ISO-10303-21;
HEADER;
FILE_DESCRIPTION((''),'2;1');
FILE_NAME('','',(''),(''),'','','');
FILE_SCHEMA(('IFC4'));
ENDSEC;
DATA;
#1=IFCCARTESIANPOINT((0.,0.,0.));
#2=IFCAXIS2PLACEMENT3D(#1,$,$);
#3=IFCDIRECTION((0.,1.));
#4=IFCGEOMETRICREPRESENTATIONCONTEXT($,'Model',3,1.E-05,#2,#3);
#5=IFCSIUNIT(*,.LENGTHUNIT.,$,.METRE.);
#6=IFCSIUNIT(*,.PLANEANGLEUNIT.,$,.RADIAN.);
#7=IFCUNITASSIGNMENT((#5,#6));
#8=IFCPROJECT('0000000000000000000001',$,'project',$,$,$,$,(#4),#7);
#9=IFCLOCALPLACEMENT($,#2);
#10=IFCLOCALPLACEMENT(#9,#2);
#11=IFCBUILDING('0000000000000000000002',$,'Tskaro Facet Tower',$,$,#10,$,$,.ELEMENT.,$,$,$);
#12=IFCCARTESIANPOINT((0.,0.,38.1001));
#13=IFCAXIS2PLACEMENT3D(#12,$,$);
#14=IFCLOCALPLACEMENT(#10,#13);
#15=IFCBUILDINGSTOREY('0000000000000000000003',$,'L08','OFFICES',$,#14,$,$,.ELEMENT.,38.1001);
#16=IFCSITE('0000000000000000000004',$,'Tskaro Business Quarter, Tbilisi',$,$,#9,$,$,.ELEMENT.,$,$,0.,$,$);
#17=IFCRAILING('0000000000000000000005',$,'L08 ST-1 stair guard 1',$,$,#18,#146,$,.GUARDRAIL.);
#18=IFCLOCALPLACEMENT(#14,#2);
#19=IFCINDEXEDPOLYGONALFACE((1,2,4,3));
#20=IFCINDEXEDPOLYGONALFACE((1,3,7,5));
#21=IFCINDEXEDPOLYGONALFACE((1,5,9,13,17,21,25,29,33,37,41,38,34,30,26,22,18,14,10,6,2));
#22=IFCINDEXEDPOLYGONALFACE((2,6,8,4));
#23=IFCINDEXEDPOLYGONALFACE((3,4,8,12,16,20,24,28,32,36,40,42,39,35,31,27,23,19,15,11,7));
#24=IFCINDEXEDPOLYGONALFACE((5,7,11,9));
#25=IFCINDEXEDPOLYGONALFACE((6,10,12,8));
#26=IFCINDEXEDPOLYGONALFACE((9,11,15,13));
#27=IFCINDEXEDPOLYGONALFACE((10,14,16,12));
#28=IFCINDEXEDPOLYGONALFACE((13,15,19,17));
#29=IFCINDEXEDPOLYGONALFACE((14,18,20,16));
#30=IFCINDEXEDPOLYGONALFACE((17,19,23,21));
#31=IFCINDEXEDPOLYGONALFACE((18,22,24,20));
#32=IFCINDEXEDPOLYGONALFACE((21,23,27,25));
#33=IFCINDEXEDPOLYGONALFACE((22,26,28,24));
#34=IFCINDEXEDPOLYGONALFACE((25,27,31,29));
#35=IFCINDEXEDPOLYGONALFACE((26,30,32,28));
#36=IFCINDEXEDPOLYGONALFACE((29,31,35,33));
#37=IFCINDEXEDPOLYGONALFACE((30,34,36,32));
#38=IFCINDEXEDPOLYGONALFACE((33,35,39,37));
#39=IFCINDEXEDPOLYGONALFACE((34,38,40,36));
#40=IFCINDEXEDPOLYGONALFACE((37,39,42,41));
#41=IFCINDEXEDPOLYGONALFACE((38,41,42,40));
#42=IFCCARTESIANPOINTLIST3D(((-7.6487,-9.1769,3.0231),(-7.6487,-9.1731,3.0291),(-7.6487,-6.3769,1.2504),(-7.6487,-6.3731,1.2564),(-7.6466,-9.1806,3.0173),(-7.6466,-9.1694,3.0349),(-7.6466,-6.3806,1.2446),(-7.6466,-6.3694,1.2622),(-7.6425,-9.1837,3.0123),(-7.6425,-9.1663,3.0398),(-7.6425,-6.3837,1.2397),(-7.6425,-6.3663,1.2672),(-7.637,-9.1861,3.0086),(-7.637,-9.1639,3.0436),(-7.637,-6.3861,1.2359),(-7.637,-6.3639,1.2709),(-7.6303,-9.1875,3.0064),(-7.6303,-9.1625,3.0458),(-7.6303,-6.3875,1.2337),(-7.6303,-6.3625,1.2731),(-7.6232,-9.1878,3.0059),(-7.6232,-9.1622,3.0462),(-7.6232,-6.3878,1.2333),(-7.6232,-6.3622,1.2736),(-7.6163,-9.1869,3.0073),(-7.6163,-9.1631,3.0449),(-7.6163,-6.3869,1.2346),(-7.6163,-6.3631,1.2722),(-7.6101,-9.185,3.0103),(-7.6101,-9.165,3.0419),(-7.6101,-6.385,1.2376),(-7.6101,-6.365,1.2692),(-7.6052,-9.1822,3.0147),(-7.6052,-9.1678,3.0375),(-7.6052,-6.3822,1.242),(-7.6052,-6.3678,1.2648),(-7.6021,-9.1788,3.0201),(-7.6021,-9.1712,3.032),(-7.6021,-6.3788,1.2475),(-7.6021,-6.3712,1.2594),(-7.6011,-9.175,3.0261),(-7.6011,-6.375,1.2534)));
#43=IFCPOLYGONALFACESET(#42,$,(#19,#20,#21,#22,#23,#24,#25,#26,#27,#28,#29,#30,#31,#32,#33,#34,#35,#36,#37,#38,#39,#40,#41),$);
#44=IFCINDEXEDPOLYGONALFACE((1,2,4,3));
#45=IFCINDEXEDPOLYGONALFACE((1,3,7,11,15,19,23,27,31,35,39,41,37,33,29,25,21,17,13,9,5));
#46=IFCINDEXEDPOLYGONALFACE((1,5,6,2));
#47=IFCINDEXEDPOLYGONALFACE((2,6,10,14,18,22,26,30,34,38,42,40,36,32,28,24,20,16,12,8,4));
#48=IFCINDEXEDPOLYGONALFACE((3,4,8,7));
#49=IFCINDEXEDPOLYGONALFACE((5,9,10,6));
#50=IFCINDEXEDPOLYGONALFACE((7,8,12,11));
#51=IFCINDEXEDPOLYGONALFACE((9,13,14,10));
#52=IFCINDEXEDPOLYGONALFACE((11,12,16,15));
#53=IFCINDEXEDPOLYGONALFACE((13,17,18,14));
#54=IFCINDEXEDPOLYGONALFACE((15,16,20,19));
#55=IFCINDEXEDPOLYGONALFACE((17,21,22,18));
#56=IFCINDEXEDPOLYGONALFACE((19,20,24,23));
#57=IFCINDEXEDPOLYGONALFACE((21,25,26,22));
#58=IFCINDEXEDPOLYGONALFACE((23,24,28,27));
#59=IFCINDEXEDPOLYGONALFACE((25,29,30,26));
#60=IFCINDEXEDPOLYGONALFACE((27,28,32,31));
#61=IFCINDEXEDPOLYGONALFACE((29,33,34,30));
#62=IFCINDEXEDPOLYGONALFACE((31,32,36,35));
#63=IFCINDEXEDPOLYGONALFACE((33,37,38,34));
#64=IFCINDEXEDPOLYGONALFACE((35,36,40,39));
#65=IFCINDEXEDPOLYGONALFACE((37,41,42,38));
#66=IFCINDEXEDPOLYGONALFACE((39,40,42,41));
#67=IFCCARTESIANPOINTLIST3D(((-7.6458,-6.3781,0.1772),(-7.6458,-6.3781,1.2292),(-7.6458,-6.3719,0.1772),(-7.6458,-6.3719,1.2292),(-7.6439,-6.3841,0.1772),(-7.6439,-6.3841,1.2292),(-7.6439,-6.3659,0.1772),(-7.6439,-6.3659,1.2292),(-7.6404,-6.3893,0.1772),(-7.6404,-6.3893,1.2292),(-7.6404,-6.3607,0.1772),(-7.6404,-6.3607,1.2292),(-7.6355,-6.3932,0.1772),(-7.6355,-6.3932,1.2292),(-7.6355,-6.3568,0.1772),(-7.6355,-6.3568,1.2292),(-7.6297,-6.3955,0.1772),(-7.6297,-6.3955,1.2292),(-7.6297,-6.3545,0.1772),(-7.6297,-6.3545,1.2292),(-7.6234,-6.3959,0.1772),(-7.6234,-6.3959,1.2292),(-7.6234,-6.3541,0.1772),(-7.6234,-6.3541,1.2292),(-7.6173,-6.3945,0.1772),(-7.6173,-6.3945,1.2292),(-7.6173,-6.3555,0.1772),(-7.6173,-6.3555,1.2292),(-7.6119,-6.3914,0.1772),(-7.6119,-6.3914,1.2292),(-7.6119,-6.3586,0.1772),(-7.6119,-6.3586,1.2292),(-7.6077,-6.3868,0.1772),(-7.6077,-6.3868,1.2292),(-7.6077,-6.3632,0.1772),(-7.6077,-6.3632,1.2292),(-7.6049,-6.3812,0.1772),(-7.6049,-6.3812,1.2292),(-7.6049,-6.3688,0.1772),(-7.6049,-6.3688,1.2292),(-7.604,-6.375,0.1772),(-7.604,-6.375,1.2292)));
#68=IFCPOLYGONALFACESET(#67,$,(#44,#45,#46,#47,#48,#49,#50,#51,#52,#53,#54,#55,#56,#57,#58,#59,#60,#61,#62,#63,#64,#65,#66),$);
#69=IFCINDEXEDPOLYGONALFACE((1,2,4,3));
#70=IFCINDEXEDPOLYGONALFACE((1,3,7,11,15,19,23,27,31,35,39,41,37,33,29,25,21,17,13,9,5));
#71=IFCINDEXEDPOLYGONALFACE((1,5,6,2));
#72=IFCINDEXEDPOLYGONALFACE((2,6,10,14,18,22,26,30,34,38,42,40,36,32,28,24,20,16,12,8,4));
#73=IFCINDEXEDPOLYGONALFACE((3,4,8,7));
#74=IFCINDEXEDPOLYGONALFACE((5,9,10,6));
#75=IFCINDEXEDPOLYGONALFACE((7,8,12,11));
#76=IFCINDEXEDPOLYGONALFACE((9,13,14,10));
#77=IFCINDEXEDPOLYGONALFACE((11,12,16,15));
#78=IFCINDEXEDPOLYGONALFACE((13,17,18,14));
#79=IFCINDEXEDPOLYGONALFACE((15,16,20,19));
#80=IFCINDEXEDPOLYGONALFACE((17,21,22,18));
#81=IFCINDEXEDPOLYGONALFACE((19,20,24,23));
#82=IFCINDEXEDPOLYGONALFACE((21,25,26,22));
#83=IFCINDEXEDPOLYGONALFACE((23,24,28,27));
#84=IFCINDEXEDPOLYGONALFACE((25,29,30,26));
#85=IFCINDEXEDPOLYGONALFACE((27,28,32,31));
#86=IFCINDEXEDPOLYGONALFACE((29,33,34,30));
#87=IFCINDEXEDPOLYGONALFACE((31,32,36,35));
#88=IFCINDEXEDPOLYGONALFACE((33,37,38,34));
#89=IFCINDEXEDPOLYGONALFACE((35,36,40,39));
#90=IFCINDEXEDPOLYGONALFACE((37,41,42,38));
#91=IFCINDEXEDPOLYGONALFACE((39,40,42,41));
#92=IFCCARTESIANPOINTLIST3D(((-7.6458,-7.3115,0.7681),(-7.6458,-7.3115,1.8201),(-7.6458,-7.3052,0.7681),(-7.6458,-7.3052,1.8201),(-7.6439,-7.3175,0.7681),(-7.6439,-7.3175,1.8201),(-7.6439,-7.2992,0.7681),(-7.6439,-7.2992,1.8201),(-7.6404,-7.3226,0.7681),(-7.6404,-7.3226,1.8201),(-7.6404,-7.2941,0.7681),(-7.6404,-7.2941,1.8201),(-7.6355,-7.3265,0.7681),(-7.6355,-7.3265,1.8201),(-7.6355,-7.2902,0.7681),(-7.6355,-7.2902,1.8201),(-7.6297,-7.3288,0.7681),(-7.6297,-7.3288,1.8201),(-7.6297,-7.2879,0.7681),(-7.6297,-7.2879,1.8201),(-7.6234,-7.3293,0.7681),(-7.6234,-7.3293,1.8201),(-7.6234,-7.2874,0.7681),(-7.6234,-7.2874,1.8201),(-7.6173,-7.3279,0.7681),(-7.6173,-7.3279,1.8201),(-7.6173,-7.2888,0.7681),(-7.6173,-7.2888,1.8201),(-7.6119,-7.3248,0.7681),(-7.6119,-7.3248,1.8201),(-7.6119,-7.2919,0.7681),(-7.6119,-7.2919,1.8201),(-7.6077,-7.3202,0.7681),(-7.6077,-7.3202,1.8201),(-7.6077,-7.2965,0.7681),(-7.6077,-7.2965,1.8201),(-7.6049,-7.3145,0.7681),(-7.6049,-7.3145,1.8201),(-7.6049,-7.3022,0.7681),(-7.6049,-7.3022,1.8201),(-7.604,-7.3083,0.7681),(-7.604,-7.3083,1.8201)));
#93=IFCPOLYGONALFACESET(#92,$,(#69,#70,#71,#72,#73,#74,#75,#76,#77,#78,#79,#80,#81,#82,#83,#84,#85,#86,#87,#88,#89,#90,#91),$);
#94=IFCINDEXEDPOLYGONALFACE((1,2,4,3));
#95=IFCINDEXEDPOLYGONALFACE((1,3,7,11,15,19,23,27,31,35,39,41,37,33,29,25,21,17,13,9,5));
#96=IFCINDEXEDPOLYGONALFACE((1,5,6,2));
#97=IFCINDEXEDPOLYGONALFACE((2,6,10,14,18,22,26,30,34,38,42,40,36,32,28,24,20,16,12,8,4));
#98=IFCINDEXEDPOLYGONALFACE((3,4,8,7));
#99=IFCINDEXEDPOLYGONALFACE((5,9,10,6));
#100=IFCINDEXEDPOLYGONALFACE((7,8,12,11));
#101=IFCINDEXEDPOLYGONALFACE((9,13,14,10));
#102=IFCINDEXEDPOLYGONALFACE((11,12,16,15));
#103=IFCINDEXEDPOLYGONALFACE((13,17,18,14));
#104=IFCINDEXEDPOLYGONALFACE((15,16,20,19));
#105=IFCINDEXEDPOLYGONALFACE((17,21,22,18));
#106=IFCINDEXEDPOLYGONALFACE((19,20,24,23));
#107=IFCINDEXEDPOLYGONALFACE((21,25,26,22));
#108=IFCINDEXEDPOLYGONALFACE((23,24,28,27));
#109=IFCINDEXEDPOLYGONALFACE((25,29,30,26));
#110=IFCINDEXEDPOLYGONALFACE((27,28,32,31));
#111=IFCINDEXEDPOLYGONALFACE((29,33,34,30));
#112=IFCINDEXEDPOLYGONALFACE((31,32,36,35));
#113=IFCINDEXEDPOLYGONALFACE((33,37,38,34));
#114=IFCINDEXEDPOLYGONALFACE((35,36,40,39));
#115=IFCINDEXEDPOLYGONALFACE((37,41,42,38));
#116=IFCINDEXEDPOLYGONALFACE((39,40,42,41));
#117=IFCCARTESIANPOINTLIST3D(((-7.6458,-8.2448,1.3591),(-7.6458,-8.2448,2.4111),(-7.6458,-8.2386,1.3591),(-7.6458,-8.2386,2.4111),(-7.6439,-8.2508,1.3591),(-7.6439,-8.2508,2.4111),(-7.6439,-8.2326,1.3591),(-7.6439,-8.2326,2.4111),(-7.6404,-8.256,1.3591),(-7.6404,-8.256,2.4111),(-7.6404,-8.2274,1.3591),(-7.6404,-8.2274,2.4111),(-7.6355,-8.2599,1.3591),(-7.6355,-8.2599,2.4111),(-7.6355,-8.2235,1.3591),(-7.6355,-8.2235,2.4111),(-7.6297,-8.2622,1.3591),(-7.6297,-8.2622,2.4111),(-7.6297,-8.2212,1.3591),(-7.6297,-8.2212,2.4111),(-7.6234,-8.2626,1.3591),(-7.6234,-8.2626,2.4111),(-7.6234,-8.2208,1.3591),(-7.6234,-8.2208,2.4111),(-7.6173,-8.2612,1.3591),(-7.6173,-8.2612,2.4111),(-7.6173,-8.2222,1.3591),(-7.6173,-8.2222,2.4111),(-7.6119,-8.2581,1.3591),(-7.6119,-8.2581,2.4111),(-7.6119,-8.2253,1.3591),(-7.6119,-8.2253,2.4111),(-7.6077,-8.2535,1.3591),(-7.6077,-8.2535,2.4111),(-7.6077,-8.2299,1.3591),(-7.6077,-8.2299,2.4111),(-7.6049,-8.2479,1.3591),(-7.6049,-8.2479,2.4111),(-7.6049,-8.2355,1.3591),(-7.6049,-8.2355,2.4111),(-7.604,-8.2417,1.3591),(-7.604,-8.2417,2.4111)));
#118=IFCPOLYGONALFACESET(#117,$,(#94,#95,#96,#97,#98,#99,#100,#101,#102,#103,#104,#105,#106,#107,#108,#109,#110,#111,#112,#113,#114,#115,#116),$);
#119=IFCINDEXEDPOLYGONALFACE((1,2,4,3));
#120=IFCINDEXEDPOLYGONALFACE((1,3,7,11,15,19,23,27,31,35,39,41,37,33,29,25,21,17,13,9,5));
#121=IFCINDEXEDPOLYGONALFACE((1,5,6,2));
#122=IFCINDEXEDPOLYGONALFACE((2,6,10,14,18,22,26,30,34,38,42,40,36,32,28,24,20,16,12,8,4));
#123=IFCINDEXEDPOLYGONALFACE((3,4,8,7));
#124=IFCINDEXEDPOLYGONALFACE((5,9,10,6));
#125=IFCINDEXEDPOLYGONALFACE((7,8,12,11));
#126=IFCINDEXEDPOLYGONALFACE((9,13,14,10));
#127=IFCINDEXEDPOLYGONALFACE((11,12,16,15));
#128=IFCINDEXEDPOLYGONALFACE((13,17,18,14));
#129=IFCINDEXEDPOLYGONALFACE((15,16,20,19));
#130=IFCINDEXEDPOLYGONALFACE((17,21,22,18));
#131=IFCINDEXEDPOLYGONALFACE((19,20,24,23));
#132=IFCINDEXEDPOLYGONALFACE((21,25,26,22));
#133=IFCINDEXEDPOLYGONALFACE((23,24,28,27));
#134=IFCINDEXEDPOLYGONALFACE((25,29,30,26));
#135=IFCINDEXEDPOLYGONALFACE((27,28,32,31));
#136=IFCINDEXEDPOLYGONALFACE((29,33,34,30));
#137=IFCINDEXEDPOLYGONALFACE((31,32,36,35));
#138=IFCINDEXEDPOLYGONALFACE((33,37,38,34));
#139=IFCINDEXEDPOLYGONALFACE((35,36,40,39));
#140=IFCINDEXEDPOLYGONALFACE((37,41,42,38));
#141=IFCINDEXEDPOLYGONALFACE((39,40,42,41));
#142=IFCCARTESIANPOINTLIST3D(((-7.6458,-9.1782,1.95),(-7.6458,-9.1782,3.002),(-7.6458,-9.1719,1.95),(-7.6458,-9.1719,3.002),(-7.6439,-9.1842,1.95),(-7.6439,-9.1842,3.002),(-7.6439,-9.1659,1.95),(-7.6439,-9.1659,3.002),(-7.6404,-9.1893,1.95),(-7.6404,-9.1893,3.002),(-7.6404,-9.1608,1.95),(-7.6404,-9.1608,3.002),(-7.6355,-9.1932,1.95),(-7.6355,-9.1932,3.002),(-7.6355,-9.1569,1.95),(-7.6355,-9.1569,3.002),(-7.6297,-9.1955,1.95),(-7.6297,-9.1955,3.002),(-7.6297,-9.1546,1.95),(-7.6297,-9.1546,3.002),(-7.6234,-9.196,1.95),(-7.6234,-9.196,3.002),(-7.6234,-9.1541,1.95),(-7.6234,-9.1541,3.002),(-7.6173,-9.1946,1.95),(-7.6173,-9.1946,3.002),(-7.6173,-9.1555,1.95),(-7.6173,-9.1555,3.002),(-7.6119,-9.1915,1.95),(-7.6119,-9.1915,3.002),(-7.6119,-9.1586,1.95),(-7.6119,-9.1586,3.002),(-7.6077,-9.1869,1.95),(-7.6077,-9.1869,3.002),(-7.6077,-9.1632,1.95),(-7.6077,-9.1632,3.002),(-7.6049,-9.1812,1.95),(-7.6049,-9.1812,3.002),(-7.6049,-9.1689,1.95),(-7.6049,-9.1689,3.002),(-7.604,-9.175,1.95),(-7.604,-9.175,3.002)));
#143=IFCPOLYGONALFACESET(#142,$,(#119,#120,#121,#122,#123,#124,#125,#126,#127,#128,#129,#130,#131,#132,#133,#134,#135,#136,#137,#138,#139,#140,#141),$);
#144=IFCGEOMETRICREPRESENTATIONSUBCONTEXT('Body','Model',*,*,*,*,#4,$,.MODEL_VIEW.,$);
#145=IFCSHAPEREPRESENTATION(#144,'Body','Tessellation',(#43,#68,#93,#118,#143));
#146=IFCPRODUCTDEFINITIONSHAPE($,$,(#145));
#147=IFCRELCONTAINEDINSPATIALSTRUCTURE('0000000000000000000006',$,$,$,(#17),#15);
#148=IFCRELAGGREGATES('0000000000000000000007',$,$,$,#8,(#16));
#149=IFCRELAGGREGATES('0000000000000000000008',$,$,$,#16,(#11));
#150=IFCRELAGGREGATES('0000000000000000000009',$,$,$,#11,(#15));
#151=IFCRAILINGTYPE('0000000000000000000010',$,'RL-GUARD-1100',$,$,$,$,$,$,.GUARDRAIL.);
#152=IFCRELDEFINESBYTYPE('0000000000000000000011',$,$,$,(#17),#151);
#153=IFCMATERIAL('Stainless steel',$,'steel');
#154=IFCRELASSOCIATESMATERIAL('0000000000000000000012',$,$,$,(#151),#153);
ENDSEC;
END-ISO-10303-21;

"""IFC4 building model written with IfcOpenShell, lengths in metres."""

from ifc_helpers import new_model, si_unit, direction, frame, origin, origin_2d, place, context, subcontext, project, spatial, circle, extrude, material, type_object, element, save


model = new_model("IFC4")

# Units and contexts
model_context = context("Model", 3, precision=1e-05, world=origin(), true_north=direction((0.0, 1.0)))
body_context = subcontext(model_context, "Body", "Model", "MODEL_VIEW")
ifc_project = project(units=[si_unit("LENGTHUNIT", "METRE"), si_unit("PLANEANGLEUNIT", "RADIAN")], contexts=[model_context])

# Site, building, storey
site_placement = place(None, origin())
site = spatial("IfcSite", under=ifc_project, at=site_placement, Name="Tskaro Business Quarter, Tbilisi", CompositionType="ELEMENT", RefElevation=0.0)
building_placement = place(site_placement, origin())
building = spatial("IfcBuilding", under=site, at=building_placement, Name="Tskaro Facet Tower", CompositionType="ELEMENT")
storey_placement = place(building_placement, frame((0.0, 0.0, 38.1001)))
storey = spatial("IfcBuildingStorey", under=building, at=storey_placement, Name="L08", Description="OFFICES", CompositionType="ELEMENT", Elevation=38.1001)

# Shared definitions
ifc_material_1 = material(Name="Stainless steel", Category="steel")

# Railing
railing_type_1 = type_object("IfcRailingType", Name="RL-GUARD-1100", PredefinedType="GUARDRAIL", material=ifc_material_1)
railing_1_placement = place(storey_placement, frame((-7.625, -6.375, 0.1772)))
element("IfcRailing", 1, at=railing_1_placement, inside=storey, type_object=railing_type_1, Name="L08 ST-1 stair guard 1", PredefinedType="GUARDRAIL", context=body_context, shape_type="SweptSolid", body=[
    extrude(circle(Radius=0.0239, at=origin_2d()), frame((0.0, 0.0, 1.0762), z_axis=(0.0, -0.844909, 0.53491), x_axis=(1.0, 0.0, 0.0)), (0.0, 0.0, 1.0), 3.314),
    extrude(circle(Radius=0.021, at=origin_2d()), origin(), (0.0, 0.0, 1.0), 1.052),
    extrude(circle(Radius=0.021, at=origin_2d()), frame((0.0, -0.9333, 0.5908)), (0.0, 0.0, 1.0), 1.052),
    extrude(circle(Radius=0.021, at=origin_2d()), frame((0.0, -1.8667, 1.1819)), (0.0, 0.0, 1.0), 1.052),
    extrude(circle(Radius=0.021, at=origin_2d()), frame((0.0, -2.8, 1.7727)), (0.0, 0.0, 1.0), 1.052),
])

save(model, "model.ifc")
